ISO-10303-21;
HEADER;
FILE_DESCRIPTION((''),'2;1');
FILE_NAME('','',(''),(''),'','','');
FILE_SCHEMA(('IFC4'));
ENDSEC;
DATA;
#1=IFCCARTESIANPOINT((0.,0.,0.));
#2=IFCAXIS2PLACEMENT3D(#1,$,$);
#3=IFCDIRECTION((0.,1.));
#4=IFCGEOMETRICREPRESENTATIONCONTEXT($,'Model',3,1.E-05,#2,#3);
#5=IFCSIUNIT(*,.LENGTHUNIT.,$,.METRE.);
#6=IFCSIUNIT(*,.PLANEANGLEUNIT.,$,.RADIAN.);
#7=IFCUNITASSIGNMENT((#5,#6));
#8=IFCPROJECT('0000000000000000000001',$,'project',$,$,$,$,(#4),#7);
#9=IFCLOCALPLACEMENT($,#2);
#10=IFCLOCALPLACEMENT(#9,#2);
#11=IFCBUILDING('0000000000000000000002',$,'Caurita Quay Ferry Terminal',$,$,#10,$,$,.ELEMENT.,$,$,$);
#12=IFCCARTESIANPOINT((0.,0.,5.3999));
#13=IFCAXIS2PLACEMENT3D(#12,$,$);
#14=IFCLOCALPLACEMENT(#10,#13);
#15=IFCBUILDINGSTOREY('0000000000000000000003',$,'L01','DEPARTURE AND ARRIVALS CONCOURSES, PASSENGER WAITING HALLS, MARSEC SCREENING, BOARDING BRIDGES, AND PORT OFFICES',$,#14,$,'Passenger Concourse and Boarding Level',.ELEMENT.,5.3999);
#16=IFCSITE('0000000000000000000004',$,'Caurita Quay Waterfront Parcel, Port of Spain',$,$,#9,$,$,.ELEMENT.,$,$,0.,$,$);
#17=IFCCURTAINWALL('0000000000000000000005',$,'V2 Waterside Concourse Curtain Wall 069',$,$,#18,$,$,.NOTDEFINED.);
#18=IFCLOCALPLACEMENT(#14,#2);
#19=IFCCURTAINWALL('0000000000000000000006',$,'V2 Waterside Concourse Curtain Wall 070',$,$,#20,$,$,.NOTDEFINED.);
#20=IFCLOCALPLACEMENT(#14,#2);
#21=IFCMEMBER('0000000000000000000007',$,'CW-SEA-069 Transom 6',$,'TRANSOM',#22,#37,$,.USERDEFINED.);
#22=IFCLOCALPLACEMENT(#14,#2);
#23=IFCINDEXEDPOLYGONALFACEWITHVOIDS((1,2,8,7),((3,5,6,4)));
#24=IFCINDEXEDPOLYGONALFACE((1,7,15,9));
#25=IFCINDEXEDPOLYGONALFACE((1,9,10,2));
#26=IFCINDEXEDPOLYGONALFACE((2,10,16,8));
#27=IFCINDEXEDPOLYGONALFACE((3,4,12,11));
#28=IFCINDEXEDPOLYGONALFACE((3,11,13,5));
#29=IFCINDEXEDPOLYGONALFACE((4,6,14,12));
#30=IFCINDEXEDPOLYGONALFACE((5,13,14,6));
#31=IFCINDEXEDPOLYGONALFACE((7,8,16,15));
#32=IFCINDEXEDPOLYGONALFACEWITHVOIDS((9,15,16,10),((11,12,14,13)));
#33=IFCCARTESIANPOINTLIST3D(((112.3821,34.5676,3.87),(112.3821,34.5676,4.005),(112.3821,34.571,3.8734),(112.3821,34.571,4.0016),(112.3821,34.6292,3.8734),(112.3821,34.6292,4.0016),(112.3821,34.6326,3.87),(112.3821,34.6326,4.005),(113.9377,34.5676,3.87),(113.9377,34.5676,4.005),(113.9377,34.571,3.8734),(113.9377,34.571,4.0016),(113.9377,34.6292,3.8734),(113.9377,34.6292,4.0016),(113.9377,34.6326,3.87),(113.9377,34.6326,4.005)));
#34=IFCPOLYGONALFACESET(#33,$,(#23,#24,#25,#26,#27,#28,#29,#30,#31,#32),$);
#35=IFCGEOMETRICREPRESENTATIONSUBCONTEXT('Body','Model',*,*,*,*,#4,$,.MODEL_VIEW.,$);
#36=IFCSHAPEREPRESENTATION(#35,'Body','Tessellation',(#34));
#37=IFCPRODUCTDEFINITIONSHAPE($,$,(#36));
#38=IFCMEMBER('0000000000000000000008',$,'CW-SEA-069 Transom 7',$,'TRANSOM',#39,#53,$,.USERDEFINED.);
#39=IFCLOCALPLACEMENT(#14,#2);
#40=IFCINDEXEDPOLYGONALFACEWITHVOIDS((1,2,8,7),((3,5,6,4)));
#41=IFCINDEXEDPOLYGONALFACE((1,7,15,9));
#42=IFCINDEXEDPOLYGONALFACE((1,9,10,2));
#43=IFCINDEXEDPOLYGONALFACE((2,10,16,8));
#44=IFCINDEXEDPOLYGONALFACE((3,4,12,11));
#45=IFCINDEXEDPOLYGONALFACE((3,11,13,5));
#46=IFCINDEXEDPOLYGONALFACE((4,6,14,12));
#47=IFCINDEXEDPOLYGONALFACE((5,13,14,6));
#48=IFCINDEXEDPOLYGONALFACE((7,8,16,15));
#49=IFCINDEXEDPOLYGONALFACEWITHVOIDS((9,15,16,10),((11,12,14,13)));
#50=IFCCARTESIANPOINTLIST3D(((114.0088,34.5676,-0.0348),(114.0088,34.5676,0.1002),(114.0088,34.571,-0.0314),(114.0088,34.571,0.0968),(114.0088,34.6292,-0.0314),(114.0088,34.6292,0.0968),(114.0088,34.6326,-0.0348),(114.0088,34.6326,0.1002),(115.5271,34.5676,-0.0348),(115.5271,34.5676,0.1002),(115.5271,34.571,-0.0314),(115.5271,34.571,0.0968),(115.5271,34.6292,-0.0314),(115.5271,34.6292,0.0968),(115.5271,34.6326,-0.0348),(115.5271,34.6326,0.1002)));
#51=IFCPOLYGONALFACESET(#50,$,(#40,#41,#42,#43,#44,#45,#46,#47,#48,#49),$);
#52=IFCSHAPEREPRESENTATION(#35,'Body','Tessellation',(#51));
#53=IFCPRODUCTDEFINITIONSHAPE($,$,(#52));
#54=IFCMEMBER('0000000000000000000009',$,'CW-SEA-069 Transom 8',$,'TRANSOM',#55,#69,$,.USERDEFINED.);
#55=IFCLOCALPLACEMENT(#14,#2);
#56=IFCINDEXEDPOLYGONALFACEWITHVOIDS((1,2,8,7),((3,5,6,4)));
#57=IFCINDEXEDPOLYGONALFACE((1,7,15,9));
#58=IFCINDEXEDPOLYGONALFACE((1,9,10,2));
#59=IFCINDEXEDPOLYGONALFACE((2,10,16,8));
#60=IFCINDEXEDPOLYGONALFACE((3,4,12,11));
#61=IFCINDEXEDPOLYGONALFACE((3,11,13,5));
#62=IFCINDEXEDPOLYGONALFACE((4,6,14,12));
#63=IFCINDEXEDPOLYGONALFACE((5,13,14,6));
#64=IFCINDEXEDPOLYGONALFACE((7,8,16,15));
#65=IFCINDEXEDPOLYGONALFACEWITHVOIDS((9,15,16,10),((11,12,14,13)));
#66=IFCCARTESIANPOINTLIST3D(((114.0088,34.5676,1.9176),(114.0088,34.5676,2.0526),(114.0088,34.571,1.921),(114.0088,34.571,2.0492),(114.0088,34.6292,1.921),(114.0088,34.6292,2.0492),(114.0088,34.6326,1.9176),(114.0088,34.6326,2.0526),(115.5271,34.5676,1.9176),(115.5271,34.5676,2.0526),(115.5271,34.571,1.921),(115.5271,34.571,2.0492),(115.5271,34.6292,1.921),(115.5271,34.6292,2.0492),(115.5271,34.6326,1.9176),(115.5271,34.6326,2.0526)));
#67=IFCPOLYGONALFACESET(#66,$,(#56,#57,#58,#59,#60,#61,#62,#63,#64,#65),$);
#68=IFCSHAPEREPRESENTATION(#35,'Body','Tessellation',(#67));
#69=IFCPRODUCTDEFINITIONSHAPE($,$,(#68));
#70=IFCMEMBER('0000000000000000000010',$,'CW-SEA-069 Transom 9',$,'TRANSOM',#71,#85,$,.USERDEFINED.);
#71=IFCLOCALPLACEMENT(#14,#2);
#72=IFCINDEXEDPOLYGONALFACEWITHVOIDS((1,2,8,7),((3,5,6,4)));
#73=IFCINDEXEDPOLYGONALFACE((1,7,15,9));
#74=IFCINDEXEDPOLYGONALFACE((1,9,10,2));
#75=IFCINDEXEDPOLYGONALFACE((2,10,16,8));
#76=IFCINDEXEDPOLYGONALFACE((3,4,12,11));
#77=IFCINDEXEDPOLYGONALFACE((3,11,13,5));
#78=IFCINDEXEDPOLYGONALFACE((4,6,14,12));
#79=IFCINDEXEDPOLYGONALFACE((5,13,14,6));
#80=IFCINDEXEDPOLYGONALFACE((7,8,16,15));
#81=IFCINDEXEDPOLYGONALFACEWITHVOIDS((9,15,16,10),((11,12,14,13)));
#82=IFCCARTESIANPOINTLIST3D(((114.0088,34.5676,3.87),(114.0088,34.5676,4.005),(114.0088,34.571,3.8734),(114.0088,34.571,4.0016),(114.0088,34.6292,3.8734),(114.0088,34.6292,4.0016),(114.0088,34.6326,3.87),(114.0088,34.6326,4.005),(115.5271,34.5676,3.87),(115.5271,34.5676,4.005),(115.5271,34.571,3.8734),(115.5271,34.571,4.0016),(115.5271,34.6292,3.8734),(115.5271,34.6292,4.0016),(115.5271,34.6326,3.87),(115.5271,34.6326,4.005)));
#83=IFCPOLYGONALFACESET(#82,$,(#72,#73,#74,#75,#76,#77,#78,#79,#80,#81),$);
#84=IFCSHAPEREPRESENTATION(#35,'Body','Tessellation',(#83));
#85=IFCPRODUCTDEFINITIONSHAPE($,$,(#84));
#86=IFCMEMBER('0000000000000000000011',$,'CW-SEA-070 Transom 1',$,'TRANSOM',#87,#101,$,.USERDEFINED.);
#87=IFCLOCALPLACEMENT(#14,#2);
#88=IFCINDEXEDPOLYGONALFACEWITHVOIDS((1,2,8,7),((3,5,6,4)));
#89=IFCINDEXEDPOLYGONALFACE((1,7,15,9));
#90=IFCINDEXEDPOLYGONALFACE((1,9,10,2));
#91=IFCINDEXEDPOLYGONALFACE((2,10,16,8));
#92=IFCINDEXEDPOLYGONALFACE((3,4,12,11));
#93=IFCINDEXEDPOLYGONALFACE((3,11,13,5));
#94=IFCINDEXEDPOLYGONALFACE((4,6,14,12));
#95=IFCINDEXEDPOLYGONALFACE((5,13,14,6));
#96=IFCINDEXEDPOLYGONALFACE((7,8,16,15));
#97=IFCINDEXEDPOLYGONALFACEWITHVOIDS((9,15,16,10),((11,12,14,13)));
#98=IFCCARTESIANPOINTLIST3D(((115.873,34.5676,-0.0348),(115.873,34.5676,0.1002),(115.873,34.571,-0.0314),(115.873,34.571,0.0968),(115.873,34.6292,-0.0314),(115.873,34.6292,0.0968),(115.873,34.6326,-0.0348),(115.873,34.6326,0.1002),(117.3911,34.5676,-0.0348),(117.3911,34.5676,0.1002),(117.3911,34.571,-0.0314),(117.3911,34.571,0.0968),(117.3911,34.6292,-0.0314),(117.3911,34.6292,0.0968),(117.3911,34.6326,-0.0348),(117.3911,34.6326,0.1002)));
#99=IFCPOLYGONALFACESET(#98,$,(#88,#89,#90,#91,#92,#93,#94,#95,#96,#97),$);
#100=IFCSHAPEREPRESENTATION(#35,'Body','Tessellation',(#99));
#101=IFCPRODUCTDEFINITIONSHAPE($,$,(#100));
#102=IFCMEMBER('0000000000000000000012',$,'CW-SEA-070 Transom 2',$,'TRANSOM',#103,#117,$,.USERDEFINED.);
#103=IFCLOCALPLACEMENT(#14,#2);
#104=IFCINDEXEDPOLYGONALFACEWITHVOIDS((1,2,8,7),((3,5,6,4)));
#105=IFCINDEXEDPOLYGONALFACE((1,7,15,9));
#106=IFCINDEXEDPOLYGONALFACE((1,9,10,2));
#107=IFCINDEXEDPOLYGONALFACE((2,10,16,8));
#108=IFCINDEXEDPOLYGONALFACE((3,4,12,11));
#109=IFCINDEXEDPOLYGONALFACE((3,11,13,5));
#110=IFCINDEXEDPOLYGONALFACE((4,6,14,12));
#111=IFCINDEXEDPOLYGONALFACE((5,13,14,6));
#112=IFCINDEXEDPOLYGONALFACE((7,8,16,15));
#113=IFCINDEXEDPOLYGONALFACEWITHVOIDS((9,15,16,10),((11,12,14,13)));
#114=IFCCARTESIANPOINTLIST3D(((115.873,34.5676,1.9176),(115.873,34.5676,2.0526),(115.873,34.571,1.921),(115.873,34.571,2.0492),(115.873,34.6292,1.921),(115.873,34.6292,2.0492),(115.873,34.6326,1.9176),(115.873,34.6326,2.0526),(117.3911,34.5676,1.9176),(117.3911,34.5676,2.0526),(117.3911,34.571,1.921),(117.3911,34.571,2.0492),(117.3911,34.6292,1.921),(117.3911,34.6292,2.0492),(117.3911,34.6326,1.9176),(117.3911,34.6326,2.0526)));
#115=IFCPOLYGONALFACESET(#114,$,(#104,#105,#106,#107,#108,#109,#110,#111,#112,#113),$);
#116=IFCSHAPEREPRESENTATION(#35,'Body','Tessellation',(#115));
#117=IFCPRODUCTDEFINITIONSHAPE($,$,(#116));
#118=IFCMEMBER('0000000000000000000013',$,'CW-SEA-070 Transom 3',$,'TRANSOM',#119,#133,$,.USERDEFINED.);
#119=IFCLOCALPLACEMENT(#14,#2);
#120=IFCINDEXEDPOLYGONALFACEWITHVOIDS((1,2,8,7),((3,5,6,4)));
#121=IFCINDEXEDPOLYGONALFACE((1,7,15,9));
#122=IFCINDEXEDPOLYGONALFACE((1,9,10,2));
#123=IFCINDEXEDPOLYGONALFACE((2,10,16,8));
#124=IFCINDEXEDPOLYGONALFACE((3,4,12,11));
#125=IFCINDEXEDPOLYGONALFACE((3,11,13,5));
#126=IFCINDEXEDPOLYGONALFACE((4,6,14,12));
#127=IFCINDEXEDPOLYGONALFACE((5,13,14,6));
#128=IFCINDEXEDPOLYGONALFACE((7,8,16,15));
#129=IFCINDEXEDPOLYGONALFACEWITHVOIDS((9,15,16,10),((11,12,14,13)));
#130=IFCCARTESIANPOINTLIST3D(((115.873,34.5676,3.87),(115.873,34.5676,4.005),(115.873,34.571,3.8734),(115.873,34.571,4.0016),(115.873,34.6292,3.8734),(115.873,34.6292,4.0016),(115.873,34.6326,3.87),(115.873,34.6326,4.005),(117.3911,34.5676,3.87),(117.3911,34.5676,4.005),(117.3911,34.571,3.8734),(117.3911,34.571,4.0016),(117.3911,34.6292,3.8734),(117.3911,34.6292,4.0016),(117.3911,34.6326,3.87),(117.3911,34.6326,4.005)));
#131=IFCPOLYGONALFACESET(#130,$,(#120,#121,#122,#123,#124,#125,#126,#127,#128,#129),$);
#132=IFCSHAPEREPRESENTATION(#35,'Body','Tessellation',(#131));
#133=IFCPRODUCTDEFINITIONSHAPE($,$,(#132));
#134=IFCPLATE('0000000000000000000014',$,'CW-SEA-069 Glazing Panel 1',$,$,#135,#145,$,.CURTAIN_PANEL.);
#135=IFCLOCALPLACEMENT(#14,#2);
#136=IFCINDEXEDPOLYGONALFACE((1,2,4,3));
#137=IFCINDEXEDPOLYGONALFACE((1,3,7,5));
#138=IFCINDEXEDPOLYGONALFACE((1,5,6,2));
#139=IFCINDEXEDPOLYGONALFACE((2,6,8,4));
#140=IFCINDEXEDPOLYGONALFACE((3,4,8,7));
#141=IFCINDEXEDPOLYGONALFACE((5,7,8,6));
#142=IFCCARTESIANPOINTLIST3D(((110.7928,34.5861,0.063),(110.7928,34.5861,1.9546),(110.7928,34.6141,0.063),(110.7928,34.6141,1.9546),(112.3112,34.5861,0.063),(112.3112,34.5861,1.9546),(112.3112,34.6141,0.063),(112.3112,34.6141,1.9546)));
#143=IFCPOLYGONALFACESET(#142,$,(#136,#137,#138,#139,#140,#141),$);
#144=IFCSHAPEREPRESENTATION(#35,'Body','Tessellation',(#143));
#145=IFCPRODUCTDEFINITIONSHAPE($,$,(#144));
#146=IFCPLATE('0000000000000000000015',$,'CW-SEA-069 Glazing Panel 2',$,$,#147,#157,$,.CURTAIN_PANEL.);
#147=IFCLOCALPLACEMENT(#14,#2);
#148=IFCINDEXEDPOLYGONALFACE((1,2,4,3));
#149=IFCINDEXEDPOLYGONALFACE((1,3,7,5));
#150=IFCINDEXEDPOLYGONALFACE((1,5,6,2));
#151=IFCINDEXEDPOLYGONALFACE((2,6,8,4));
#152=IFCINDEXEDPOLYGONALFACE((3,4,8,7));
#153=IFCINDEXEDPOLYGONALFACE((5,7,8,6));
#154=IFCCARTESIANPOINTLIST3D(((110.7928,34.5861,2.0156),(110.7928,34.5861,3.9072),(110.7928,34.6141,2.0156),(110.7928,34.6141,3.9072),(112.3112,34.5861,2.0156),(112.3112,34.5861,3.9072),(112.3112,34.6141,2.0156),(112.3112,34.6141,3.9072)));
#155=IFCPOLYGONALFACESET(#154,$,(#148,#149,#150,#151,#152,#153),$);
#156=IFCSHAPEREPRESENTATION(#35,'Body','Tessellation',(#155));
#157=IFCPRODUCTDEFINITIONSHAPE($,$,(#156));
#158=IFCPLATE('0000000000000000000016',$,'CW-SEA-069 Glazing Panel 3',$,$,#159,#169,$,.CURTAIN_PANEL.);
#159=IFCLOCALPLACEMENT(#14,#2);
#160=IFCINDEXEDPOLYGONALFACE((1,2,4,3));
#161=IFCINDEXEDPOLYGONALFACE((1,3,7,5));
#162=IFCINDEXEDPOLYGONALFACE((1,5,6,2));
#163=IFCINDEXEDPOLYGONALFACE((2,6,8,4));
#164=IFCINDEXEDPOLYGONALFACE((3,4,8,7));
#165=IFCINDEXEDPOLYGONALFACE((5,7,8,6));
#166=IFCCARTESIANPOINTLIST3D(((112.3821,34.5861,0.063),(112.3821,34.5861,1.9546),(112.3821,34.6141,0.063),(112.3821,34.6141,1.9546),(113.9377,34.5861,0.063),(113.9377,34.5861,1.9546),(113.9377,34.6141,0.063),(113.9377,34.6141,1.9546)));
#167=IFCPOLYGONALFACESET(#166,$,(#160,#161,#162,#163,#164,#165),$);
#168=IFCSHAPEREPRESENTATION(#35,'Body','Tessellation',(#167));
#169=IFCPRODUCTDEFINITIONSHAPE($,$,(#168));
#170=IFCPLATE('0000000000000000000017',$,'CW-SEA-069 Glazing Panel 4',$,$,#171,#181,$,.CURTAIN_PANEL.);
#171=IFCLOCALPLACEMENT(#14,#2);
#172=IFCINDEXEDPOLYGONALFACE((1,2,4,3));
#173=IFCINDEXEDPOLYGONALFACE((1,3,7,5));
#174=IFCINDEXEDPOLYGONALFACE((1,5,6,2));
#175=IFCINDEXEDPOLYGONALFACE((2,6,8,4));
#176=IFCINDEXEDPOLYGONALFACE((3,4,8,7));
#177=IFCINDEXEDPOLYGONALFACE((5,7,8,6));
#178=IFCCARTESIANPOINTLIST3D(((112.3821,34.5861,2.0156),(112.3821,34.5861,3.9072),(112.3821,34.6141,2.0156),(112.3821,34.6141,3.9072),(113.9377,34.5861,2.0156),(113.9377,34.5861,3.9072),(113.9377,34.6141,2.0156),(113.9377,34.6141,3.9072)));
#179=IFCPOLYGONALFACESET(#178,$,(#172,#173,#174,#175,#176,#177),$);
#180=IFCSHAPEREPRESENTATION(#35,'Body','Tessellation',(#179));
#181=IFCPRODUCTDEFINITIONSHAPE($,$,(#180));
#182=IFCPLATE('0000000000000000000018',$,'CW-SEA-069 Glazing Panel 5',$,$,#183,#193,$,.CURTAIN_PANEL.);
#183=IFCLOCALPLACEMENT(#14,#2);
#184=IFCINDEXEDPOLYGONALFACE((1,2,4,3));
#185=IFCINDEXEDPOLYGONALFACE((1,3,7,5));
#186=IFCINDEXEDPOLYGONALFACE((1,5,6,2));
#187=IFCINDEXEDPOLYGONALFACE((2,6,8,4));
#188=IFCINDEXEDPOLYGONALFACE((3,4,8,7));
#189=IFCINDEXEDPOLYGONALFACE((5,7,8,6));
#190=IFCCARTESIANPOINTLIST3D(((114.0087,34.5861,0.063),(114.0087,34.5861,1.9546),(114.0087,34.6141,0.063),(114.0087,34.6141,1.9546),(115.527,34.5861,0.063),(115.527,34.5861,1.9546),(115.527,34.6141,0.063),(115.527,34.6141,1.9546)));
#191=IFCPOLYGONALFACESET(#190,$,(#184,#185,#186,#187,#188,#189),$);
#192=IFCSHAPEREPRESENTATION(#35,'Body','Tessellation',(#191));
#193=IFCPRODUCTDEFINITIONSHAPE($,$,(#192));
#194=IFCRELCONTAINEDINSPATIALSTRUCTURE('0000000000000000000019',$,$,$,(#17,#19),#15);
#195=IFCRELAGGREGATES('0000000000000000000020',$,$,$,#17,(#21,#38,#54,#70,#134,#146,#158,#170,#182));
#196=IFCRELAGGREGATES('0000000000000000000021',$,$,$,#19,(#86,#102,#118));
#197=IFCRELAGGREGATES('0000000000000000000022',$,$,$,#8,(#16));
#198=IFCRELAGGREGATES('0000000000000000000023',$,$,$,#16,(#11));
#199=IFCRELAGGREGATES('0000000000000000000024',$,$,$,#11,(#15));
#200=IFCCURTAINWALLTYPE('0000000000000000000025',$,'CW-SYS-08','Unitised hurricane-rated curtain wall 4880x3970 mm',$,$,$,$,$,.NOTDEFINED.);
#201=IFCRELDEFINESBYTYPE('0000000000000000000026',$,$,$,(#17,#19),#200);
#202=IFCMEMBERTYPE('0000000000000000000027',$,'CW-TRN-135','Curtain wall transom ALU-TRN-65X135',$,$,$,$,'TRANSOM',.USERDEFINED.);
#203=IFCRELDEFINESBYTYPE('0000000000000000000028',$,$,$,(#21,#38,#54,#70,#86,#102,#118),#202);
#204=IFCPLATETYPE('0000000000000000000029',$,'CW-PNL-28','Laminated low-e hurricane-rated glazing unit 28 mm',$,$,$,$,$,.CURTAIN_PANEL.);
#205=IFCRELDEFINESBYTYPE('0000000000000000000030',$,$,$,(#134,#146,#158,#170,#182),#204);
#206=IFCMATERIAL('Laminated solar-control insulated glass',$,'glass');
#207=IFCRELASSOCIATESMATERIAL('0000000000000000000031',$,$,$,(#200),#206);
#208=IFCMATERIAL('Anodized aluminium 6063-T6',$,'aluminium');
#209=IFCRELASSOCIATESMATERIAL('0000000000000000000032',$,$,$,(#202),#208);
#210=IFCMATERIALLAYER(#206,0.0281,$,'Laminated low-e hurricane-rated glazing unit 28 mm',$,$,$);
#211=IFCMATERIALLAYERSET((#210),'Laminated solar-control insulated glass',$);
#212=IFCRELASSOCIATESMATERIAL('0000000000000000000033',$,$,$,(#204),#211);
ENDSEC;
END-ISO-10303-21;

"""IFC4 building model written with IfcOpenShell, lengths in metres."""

from ifc_helpers import new_model, si_unit, direction, frame, origin, origin_2d, place, context, subcontext, project, spatial, rectangle, hollow_rectangle, extrude, material, layer, layer_set, material_profile, profile_set, type_object, element, aggregate, save


model = new_model("IFC4")

# Units and contexts
model_context = context("Model", 3, precision=1e-05, world=origin(), true_north=direction((0.0, 1.0)))
body_context = subcontext(model_context, "Body", "Model", "MODEL_VIEW")
ifc_project = project(units=[si_unit("LENGTHUNIT", "METRE"), si_unit("PLANEANGLEUNIT", "RADIAN")], contexts=[model_context])

# Site, building, storey
site_placement = place(None, origin())
site = spatial("IfcSite", under=ifc_project, at=site_placement, Name="Caurita Quay Waterfront Parcel, Port of Spain", CompositionType="ELEMENT", RefElevation=0.0)
building_placement = place(site_placement, origin())
building = spatial("IfcBuilding", under=site, at=building_placement, Name="Caurita Quay Ferry Terminal", CompositionType="ELEMENT")
storey_placement = place(building_placement, frame((0.0, 0.0, 5.3999)))
storey = spatial("IfcBuildingStorey", under=building, at=storey_placement, Name="L01", Description="DEPARTURE AND ARRIVALS CONCOURSES, PASSENGER WAITING HALLS, MARSEC SCREENING, BOARDING BRIDGES, AND PORT OFFICES", LongName="Passenger Concourse and Boarding Level", CompositionType="ELEMENT", Elevation=5.3999)

# Curtain walls
ifc_material_1 = material(Name="Laminated solar-control insulated glass", Category="glass")
curtain_wall_type = type_object("IfcCurtainWallType", Name="CW-SYS-08", Description="Unitised hurricane-rated curtain wall 4880x3970 mm", PredefinedType="NOTDEFINED", material=ifc_material_1)
curtain_wall_1_placement = place(storey_placement, origin())
curtain_wall_1 = element("IfcCurtainWall", 1, at=curtain_wall_1_placement, inside=storey, type_object=curtain_wall_type, Name="V2 Waterside Concourse Curtain Wall 069", PredefinedType="NOTDEFINED")
ifc_material_2 = material(Name="Anodized aluminium 6063-T6", Category="aluminium")
curtain_wall_2_placement = place(storey_placement, origin())
curtain_wall_2 = element("IfcCurtainWall", 2, at=curtain_wall_2_placement, inside=storey, type_object=curtain_wall_type, Name="V2 Waterside Concourse Curtain Wall 070", PredefinedType="NOTDEFINED")

# Members
ifc_material_profile_1 = material_profile(ifc_material_2, hollow_rectangle(XDim=0.0649, YDim=0.135, WallThickness=0.0034, at=origin_2d()), Name="ALU-TRN-65X135")
ifc_profile_set_1 = profile_set([ifc_material_profile_1], Name="Anodized aluminium 6063-T6")
member_type_1 = type_object("IfcMemberType", Name="CW-TRN-135", Description="Curtain wall transom ALU-TRN-65X135", ElementType="TRANSOM", PredefinedType="USERDEFINED", material=ifc_profile_set_1)
member_1_placement = place(storey_placement, frame((112.3821, 34.6001, 3.9375), z_axis=(1.0, 0.0, 0.0), x_axis=(0.0, 1.0, 0.0)))
member_1 = element("IfcMember", 3, at=member_1_placement, type_object=member_type_1, Name="CW-SEA-069 Transom 6", ObjectType="TRANSOM", PredefinedType="USERDEFINED", context=body_context, shape_type="SweptSolid", body=[
    extrude(hollow_rectangle(XDim=0.0649, YDim=0.135, WallThickness=0.0034, at=origin_2d()), origin(), (0.0, 0.0, 1.0), 1.5557),
])
member_2_placement = place(storey_placement, frame((114.0088, 34.6001, 0.0327), z_axis=(1.0, 0.0, 0.0), x_axis=(0.0, 1.0, 0.0)))
member_2 = element("IfcMember", 4, at=member_2_placement, type_object=member_type_1, Name="CW-SEA-069 Transom 7", ObjectType="TRANSOM", PredefinedType="USERDEFINED", context=body_context, shape_type="SweptSolid", body=[
    extrude(hollow_rectangle(XDim=0.0649, YDim=0.135, WallThickness=0.0034, at=origin_2d()), origin(), (0.0, 0.0, 1.0), 1.5183),
])
member_3_placement = place(storey_placement, frame((114.0088, 34.6001, 1.9851), z_axis=(1.0, 0.0, 0.0), x_axis=(0.0, 1.0, 0.0)))
member_3 = element("IfcMember", 5, at=member_3_placement, type_object=member_type_1, Name="CW-SEA-069 Transom 8", ObjectType="TRANSOM", PredefinedType="USERDEFINED", context=body_context, shape_type="SweptSolid", body=[
    extrude(hollow_rectangle(XDim=0.0649, YDim=0.135, WallThickness=0.0034, at=origin_2d()), origin(), (0.0, 0.0, 1.0), 1.5183),
])
member_4_placement = place(storey_placement, frame((114.0088, 34.6001, 3.9375), z_axis=(1.0, 0.0, 0.0), x_axis=(0.0, 1.0, 0.0)))
member_4 = element("IfcMember", 6, at=member_4_placement, type_object=member_type_1, Name="CW-SEA-069 Transom 9", ObjectType="TRANSOM", PredefinedType="USERDEFINED", context=body_context, shape_type="SweptSolid", body=[
    extrude(hollow_rectangle(XDim=0.0649, YDim=0.135, WallThickness=0.0034, at=origin_2d()), origin(), (0.0, 0.0, 1.0), 1.5183),
])
member_5_placement = place(storey_placement, frame((115.873, 34.6001, 0.0327), z_axis=(1.0, 0.0, 0.0), x_axis=(0.0, 1.0, 0.0)))
member_5 = element("IfcMember", 7, at=member_5_placement, type_object=member_type_1, Name="CW-SEA-070 Transom 1", ObjectType="TRANSOM", PredefinedType="USERDEFINED", context=body_context, shape_type="SweptSolid", body=[
    extrude(hollow_rectangle(XDim=0.0649, YDim=0.135, WallThickness=0.0034, at=origin_2d()), origin(), (0.0, 0.0, 1.0), 1.5181),
])
member_6_placement = place(storey_placement, frame((115.873, 34.6001, 1.9851), z_axis=(1.0, 0.0, 0.0), x_axis=(0.0, 1.0, 0.0)))
member_6 = element("IfcMember", 8, at=member_6_placement, type_object=member_type_1, Name="CW-SEA-070 Transom 2", ObjectType="TRANSOM", PredefinedType="USERDEFINED", context=body_context, shape_type="SweptSolid", body=[
    extrude(hollow_rectangle(XDim=0.0649, YDim=0.135, WallThickness=0.0034, at=origin_2d()), origin(), (0.0, 0.0, 1.0), 1.5181),
])
member_7_placement = place(storey_placement, frame((115.873, 34.6001, 3.9375), z_axis=(1.0, 0.0, 0.0), x_axis=(0.0, 1.0, 0.0)))
member_7 = element("IfcMember", 9, at=member_7_placement, type_object=member_type_1, Name="CW-SEA-070 Transom 3", ObjectType="TRANSOM", PredefinedType="USERDEFINED", context=body_context, shape_type="SweptSolid", body=[
    extrude(hollow_rectangle(XDim=0.0649, YDim=0.135, WallThickness=0.0034, at=origin_2d()), origin(), (0.0, 0.0, 1.0), 1.5181),
])

# Plates
ifc_layer = layer(ifc_material_1, 0.0281, Name="Laminated low-e hurricane-rated glazing unit 28 mm")
ifc_layer_set = layer_set([ifc_layer], Name="Laminated solar-control insulated glass")
plate_type = type_object("IfcPlateType", Name="CW-PNL-28", Description="Laminated low-e hurricane-rated glazing unit 28 mm", PredefinedType="CURTAIN_PANEL", material=ifc_layer_set)
plate_1_placement = place(storey_placement, frame((111.552, 34.6001, 0.063), z_axis=(0.0, 0.0, 1.0), x_axis=(1.0, 0.0, 0.0)))
plate_1 = element("IfcPlate", 10, at=plate_1_placement, type_object=plate_type, Name="CW-SEA-069 Glazing Panel 1", PredefinedType="CURTAIN_PANEL", context=body_context, shape_type="SweptSolid", body=[
    extrude(rectangle(XDim=1.5183, YDim=0.0281, at=origin_2d()), origin(), (0.0, 0.0, 1.0), 1.8916),
])
plate_2_placement = place(storey_placement, frame((111.552, 34.6001, 2.0156), z_axis=(0.0, 0.0, 1.0), x_axis=(1.0, 0.0, 0.0)))
plate_2 = element("IfcPlate", 11, at=plate_2_placement, type_object=plate_type, Name="CW-SEA-069 Glazing Panel 2", PredefinedType="CURTAIN_PANEL", context=body_context, shape_type="SweptSolid", body=[
    extrude(rectangle(XDim=1.5183, YDim=0.0281, at=origin_2d()), origin(), (0.0, 0.0, 1.0), 1.8916),
])
plate_3_placement = place(storey_placement, frame((113.1599, 34.6001, 0.063), z_axis=(0.0, 0.0, 1.0), x_axis=(1.0, 0.0, 0.0)))
plate_3 = element("IfcPlate", 12, at=plate_3_placement, type_object=plate_type, Name="CW-SEA-069 Glazing Panel 3", PredefinedType="CURTAIN_PANEL", context=body_context, shape_type="SweptSolid", body=[
    extrude(rectangle(XDim=1.5557, YDim=0.0281, at=origin_2d()), origin(), (0.0, 0.0, 1.0), 1.8916),
])
plate_4_placement = place(storey_placement, frame((113.1599, 34.6001, 2.0156), z_axis=(0.0, 0.0, 1.0), x_axis=(1.0, 0.0, 0.0)))
plate_4 = element("IfcPlate", 13, at=plate_4_placement, type_object=plate_type, Name="CW-SEA-069 Glazing Panel 4", PredefinedType="CURTAIN_PANEL", context=body_context, shape_type="SweptSolid", body=[
    extrude(rectangle(XDim=1.5557, YDim=0.0281, at=origin_2d()), origin(), (0.0, 0.0, 1.0), 1.8916),
])
plate_5_placement = place(storey_placement, frame((114.7678, 34.6001, 0.063), z_axis=(0.0, 0.0, 1.0), x_axis=(1.0, 0.0, 0.0)))
plate_5 = element("IfcPlate", 14, at=plate_5_placement, type_object=plate_type, Name="CW-SEA-069 Glazing Panel 5", PredefinedType="CURTAIN_PANEL", context=body_context, shape_type="SweptSolid", body=[
    extrude(rectangle(XDim=1.5183, YDim=0.0281, at=origin_2d()), origin(), (0.0, 0.0, 1.0), 1.8916),
])
aggregate(curtain_wall_1, [member_1, member_2, member_3, member_4, plate_1, plate_2, plate_3, plate_4, plate_5])
aggregate(curtain_wall_2, [member_5, member_6, member_7])

save(model, "model.ifc")
